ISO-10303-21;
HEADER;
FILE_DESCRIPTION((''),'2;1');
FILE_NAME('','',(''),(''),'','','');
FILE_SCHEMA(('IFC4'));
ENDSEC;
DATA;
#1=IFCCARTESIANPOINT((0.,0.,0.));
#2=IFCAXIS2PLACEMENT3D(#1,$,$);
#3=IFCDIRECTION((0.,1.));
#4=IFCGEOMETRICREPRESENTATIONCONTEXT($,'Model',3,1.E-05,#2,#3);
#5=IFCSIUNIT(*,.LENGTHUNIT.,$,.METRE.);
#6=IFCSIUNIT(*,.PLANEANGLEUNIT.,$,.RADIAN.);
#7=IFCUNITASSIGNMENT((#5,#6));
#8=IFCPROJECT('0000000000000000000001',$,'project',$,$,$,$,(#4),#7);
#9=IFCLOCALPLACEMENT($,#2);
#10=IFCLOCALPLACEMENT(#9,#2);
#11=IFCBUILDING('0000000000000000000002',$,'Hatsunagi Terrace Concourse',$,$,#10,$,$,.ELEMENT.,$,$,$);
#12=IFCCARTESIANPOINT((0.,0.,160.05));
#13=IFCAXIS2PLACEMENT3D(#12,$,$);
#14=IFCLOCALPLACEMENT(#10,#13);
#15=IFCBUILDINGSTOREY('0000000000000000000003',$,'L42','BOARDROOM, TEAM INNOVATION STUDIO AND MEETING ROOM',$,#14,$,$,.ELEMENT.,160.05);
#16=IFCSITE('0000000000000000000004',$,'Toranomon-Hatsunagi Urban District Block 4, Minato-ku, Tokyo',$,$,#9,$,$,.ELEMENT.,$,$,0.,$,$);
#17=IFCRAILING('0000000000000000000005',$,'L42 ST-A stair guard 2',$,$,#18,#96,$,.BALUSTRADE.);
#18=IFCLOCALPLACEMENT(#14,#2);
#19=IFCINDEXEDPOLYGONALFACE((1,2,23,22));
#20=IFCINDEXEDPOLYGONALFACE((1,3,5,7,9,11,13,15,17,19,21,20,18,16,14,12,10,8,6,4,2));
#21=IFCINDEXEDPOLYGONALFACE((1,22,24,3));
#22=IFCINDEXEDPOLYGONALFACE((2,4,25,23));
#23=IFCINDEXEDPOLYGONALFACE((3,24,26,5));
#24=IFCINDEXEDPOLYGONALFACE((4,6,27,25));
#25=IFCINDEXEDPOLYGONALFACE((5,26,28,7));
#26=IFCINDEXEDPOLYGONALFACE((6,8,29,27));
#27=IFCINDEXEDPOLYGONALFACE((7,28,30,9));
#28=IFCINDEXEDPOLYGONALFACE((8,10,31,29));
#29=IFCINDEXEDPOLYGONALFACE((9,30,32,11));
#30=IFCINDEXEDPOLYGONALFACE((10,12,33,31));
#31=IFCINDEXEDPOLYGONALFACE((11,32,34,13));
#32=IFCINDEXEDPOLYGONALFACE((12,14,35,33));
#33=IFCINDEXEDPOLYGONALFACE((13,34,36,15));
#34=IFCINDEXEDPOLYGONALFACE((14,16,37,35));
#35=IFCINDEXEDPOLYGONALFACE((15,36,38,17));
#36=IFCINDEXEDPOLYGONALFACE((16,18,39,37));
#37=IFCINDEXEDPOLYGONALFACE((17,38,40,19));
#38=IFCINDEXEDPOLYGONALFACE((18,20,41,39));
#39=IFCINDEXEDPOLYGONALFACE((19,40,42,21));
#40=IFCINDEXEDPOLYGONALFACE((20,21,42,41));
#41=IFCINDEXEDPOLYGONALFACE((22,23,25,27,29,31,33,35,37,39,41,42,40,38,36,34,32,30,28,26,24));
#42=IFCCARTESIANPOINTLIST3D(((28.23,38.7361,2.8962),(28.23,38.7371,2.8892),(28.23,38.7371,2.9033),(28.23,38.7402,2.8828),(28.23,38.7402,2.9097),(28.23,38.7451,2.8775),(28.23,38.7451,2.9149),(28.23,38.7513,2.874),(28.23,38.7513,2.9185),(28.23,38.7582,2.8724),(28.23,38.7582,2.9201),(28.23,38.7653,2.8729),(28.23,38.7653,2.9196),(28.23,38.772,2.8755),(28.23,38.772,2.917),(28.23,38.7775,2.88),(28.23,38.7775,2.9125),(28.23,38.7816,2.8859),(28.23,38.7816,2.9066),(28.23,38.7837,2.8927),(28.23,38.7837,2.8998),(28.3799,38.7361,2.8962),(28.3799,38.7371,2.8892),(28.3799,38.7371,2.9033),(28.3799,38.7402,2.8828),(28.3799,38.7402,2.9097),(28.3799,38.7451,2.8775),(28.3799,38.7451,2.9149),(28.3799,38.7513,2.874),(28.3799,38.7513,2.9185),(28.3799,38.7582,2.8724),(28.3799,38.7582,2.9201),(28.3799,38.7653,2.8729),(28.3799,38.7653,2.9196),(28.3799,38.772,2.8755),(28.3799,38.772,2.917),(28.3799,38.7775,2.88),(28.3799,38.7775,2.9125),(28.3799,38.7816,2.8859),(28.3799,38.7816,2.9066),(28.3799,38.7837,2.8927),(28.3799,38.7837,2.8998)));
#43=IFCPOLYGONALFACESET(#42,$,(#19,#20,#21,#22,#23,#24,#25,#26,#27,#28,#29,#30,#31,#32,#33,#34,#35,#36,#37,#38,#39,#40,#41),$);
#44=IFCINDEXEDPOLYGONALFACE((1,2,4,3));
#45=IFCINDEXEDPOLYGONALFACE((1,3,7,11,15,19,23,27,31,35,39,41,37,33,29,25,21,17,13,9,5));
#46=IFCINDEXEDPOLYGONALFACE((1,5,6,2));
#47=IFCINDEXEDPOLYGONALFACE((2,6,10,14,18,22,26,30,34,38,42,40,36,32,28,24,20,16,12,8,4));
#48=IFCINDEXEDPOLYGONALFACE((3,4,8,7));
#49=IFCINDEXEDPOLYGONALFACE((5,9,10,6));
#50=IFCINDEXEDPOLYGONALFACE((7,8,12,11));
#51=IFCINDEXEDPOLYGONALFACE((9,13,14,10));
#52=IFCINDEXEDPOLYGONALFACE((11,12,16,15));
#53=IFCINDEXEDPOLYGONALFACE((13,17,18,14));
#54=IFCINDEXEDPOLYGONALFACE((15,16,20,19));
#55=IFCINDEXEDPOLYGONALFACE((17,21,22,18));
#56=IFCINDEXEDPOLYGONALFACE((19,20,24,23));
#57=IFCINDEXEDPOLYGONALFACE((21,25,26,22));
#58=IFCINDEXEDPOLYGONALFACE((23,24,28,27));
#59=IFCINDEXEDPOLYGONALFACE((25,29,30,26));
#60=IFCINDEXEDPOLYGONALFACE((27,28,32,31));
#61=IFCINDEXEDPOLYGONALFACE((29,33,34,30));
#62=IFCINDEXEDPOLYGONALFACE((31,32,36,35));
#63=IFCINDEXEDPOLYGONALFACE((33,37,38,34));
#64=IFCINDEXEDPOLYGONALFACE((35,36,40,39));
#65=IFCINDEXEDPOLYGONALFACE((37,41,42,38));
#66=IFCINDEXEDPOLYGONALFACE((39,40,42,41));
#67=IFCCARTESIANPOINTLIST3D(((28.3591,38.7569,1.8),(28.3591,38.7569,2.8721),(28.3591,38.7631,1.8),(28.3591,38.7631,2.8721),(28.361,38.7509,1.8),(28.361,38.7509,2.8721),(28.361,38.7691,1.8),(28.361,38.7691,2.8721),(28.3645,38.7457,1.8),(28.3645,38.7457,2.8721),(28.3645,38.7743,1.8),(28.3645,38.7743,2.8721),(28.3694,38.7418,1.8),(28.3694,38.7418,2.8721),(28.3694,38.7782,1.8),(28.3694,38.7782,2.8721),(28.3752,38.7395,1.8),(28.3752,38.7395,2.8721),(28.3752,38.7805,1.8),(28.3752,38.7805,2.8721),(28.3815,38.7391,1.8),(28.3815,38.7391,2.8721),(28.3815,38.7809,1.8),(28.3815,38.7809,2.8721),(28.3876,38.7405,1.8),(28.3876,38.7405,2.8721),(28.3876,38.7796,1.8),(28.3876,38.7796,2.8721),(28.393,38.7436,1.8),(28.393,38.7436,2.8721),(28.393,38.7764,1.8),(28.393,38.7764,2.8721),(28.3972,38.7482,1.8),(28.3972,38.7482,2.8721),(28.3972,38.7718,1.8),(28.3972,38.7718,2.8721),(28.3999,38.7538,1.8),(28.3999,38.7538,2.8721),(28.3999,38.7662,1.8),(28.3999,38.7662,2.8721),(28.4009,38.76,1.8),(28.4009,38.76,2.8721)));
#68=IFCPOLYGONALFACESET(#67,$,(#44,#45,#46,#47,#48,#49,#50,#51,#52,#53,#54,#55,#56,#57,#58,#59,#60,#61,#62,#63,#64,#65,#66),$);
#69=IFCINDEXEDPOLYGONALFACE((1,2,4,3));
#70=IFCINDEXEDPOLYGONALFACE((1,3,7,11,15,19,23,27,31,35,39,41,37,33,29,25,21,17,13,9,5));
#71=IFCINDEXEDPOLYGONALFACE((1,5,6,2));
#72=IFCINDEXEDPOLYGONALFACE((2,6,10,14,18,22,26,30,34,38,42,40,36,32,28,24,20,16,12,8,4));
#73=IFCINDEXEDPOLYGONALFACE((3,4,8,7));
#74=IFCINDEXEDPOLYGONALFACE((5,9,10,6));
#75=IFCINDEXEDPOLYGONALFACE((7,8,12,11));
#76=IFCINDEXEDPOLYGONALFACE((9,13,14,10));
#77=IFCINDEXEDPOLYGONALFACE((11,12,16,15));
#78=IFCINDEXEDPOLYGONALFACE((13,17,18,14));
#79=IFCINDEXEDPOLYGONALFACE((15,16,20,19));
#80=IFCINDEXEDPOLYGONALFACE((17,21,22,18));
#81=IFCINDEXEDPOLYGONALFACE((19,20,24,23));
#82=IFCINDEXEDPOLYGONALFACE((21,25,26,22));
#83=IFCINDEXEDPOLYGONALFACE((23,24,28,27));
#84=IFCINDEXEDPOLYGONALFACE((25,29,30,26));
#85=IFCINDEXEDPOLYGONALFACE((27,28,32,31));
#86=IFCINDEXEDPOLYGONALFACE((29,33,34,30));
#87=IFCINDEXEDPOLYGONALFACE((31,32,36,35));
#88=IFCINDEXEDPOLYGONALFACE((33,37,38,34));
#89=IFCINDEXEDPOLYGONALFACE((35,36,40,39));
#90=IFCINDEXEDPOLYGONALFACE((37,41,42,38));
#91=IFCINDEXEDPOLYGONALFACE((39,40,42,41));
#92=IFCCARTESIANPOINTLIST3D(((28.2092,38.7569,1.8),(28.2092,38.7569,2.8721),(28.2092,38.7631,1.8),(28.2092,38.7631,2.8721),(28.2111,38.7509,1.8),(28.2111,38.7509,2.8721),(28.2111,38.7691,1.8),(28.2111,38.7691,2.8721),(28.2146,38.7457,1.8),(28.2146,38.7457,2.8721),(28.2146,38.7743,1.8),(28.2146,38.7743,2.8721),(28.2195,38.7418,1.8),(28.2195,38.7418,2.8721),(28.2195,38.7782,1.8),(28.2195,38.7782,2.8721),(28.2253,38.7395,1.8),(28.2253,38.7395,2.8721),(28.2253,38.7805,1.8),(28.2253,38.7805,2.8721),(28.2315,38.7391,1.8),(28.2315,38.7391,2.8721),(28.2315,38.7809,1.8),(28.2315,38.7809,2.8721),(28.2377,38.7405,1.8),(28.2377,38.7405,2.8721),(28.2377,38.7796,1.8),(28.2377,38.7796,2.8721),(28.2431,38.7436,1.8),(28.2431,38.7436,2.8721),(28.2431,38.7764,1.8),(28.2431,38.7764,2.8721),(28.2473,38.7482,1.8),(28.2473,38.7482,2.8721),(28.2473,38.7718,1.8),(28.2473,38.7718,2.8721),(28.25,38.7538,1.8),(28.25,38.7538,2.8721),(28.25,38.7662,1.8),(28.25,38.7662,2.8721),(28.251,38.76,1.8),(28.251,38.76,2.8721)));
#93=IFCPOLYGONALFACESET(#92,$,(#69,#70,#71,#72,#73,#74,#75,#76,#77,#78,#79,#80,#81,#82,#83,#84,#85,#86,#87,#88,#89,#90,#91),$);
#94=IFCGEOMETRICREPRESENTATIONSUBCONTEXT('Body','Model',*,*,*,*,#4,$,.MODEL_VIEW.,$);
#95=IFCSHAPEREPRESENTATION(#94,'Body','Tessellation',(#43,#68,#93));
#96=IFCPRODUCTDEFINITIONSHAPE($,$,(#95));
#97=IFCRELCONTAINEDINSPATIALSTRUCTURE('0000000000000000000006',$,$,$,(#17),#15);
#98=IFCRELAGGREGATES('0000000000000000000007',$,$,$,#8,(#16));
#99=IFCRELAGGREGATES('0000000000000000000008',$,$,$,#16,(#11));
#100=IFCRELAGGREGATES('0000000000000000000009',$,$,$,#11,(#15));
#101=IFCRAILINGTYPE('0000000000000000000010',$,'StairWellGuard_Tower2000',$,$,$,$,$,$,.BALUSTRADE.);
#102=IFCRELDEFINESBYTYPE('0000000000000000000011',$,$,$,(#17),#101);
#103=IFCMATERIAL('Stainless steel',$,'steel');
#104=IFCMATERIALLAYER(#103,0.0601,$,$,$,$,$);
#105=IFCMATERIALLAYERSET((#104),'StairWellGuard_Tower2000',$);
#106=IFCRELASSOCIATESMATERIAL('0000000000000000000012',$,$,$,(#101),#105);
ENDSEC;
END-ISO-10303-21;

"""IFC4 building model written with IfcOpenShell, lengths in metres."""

from ifc_helpers import new_model, si_unit, direction, frame, origin, origin_2d, place, context, subcontext, project, spatial, circle, extrude, material, layer, layer_set, type_object, element, save


model = new_model("IFC4")

# Units and contexts
model_context = context("Model", 3, precision=1e-05, world=origin(), true_north=direction((0.0, 1.0)))
body_context = subcontext(model_context, "Body", "Model", "MODEL_VIEW")
ifc_project = project(units=[si_unit("LENGTHUNIT", "METRE"), si_unit("PLANEANGLEUNIT", "RADIAN")], contexts=[model_context])

# Site, building, storey
site_placement = place(None, origin())
site = spatial("IfcSite", under=ifc_project, at=site_placement, Name="Toranomon-Hatsunagi Urban District Block 4, Minato-ku, Tokyo", CompositionType="ELEMENT", RefElevation=0.0)
building_placement = place(site_placement, origin())
building = spatial("IfcBuilding", under=site, at=building_placement, Name="Hatsunagi Terrace Concourse", CompositionType="ELEMENT")
storey_placement = place(building_placement, frame((0.0, 0.0, 160.05)))
storey = spatial("IfcBuildingStorey", under=building, at=storey_placement, Name="L42", Description="BOARDROOM, TEAM INNOVATION STUDIO AND MEETING ROOM", CompositionType="ELEMENT", Elevation=160.05)

# Railing
ifc_material_1 = material(Name="Stainless steel", Category="steel")
ifc_layer_1 = layer(ifc_material_1, 0.0601)
ifc_layer_set_1 = layer_set([ifc_layer_1], Name="StairWellGuard_Tower2000")
railing_type = type_object("IfcRailingType", Name="StairWellGuard_Tower2000", PredefinedType="BALUSTRADE", material=ifc_layer_set_1)
railing_placement = place(storey_placement, frame((28.3799, 38.76, 1.8)))
element("IfcRailing", 1, at=railing_placement, inside=storey, type_object=railing_type, Name="L42 ST-A stair guard 2", PredefinedType="BALUSTRADE", context=body_context, shape_type="SweptSolid", body=[
    extrude(circle(Radius=0.0239, at=origin_2d()), frame((0.0, 0.0, 1.0962), z_axis=(-1.0, 0.0, 0.0), x_axis=(0.0, -1.0, 0.0)), (0.0, 0.0, 1.0), 0.1499),
    extrude(circle(Radius=0.021, at=origin_2d()), origin(), (0.0, 0.0, 1.0), 1.072),
    extrude(circle(Radius=0.021, at=origin_2d()), frame((-0.1499, 0.0, 0.0)), (0.0, 0.0, 1.0), 1.072),
])

save(model, "model.ifc")
